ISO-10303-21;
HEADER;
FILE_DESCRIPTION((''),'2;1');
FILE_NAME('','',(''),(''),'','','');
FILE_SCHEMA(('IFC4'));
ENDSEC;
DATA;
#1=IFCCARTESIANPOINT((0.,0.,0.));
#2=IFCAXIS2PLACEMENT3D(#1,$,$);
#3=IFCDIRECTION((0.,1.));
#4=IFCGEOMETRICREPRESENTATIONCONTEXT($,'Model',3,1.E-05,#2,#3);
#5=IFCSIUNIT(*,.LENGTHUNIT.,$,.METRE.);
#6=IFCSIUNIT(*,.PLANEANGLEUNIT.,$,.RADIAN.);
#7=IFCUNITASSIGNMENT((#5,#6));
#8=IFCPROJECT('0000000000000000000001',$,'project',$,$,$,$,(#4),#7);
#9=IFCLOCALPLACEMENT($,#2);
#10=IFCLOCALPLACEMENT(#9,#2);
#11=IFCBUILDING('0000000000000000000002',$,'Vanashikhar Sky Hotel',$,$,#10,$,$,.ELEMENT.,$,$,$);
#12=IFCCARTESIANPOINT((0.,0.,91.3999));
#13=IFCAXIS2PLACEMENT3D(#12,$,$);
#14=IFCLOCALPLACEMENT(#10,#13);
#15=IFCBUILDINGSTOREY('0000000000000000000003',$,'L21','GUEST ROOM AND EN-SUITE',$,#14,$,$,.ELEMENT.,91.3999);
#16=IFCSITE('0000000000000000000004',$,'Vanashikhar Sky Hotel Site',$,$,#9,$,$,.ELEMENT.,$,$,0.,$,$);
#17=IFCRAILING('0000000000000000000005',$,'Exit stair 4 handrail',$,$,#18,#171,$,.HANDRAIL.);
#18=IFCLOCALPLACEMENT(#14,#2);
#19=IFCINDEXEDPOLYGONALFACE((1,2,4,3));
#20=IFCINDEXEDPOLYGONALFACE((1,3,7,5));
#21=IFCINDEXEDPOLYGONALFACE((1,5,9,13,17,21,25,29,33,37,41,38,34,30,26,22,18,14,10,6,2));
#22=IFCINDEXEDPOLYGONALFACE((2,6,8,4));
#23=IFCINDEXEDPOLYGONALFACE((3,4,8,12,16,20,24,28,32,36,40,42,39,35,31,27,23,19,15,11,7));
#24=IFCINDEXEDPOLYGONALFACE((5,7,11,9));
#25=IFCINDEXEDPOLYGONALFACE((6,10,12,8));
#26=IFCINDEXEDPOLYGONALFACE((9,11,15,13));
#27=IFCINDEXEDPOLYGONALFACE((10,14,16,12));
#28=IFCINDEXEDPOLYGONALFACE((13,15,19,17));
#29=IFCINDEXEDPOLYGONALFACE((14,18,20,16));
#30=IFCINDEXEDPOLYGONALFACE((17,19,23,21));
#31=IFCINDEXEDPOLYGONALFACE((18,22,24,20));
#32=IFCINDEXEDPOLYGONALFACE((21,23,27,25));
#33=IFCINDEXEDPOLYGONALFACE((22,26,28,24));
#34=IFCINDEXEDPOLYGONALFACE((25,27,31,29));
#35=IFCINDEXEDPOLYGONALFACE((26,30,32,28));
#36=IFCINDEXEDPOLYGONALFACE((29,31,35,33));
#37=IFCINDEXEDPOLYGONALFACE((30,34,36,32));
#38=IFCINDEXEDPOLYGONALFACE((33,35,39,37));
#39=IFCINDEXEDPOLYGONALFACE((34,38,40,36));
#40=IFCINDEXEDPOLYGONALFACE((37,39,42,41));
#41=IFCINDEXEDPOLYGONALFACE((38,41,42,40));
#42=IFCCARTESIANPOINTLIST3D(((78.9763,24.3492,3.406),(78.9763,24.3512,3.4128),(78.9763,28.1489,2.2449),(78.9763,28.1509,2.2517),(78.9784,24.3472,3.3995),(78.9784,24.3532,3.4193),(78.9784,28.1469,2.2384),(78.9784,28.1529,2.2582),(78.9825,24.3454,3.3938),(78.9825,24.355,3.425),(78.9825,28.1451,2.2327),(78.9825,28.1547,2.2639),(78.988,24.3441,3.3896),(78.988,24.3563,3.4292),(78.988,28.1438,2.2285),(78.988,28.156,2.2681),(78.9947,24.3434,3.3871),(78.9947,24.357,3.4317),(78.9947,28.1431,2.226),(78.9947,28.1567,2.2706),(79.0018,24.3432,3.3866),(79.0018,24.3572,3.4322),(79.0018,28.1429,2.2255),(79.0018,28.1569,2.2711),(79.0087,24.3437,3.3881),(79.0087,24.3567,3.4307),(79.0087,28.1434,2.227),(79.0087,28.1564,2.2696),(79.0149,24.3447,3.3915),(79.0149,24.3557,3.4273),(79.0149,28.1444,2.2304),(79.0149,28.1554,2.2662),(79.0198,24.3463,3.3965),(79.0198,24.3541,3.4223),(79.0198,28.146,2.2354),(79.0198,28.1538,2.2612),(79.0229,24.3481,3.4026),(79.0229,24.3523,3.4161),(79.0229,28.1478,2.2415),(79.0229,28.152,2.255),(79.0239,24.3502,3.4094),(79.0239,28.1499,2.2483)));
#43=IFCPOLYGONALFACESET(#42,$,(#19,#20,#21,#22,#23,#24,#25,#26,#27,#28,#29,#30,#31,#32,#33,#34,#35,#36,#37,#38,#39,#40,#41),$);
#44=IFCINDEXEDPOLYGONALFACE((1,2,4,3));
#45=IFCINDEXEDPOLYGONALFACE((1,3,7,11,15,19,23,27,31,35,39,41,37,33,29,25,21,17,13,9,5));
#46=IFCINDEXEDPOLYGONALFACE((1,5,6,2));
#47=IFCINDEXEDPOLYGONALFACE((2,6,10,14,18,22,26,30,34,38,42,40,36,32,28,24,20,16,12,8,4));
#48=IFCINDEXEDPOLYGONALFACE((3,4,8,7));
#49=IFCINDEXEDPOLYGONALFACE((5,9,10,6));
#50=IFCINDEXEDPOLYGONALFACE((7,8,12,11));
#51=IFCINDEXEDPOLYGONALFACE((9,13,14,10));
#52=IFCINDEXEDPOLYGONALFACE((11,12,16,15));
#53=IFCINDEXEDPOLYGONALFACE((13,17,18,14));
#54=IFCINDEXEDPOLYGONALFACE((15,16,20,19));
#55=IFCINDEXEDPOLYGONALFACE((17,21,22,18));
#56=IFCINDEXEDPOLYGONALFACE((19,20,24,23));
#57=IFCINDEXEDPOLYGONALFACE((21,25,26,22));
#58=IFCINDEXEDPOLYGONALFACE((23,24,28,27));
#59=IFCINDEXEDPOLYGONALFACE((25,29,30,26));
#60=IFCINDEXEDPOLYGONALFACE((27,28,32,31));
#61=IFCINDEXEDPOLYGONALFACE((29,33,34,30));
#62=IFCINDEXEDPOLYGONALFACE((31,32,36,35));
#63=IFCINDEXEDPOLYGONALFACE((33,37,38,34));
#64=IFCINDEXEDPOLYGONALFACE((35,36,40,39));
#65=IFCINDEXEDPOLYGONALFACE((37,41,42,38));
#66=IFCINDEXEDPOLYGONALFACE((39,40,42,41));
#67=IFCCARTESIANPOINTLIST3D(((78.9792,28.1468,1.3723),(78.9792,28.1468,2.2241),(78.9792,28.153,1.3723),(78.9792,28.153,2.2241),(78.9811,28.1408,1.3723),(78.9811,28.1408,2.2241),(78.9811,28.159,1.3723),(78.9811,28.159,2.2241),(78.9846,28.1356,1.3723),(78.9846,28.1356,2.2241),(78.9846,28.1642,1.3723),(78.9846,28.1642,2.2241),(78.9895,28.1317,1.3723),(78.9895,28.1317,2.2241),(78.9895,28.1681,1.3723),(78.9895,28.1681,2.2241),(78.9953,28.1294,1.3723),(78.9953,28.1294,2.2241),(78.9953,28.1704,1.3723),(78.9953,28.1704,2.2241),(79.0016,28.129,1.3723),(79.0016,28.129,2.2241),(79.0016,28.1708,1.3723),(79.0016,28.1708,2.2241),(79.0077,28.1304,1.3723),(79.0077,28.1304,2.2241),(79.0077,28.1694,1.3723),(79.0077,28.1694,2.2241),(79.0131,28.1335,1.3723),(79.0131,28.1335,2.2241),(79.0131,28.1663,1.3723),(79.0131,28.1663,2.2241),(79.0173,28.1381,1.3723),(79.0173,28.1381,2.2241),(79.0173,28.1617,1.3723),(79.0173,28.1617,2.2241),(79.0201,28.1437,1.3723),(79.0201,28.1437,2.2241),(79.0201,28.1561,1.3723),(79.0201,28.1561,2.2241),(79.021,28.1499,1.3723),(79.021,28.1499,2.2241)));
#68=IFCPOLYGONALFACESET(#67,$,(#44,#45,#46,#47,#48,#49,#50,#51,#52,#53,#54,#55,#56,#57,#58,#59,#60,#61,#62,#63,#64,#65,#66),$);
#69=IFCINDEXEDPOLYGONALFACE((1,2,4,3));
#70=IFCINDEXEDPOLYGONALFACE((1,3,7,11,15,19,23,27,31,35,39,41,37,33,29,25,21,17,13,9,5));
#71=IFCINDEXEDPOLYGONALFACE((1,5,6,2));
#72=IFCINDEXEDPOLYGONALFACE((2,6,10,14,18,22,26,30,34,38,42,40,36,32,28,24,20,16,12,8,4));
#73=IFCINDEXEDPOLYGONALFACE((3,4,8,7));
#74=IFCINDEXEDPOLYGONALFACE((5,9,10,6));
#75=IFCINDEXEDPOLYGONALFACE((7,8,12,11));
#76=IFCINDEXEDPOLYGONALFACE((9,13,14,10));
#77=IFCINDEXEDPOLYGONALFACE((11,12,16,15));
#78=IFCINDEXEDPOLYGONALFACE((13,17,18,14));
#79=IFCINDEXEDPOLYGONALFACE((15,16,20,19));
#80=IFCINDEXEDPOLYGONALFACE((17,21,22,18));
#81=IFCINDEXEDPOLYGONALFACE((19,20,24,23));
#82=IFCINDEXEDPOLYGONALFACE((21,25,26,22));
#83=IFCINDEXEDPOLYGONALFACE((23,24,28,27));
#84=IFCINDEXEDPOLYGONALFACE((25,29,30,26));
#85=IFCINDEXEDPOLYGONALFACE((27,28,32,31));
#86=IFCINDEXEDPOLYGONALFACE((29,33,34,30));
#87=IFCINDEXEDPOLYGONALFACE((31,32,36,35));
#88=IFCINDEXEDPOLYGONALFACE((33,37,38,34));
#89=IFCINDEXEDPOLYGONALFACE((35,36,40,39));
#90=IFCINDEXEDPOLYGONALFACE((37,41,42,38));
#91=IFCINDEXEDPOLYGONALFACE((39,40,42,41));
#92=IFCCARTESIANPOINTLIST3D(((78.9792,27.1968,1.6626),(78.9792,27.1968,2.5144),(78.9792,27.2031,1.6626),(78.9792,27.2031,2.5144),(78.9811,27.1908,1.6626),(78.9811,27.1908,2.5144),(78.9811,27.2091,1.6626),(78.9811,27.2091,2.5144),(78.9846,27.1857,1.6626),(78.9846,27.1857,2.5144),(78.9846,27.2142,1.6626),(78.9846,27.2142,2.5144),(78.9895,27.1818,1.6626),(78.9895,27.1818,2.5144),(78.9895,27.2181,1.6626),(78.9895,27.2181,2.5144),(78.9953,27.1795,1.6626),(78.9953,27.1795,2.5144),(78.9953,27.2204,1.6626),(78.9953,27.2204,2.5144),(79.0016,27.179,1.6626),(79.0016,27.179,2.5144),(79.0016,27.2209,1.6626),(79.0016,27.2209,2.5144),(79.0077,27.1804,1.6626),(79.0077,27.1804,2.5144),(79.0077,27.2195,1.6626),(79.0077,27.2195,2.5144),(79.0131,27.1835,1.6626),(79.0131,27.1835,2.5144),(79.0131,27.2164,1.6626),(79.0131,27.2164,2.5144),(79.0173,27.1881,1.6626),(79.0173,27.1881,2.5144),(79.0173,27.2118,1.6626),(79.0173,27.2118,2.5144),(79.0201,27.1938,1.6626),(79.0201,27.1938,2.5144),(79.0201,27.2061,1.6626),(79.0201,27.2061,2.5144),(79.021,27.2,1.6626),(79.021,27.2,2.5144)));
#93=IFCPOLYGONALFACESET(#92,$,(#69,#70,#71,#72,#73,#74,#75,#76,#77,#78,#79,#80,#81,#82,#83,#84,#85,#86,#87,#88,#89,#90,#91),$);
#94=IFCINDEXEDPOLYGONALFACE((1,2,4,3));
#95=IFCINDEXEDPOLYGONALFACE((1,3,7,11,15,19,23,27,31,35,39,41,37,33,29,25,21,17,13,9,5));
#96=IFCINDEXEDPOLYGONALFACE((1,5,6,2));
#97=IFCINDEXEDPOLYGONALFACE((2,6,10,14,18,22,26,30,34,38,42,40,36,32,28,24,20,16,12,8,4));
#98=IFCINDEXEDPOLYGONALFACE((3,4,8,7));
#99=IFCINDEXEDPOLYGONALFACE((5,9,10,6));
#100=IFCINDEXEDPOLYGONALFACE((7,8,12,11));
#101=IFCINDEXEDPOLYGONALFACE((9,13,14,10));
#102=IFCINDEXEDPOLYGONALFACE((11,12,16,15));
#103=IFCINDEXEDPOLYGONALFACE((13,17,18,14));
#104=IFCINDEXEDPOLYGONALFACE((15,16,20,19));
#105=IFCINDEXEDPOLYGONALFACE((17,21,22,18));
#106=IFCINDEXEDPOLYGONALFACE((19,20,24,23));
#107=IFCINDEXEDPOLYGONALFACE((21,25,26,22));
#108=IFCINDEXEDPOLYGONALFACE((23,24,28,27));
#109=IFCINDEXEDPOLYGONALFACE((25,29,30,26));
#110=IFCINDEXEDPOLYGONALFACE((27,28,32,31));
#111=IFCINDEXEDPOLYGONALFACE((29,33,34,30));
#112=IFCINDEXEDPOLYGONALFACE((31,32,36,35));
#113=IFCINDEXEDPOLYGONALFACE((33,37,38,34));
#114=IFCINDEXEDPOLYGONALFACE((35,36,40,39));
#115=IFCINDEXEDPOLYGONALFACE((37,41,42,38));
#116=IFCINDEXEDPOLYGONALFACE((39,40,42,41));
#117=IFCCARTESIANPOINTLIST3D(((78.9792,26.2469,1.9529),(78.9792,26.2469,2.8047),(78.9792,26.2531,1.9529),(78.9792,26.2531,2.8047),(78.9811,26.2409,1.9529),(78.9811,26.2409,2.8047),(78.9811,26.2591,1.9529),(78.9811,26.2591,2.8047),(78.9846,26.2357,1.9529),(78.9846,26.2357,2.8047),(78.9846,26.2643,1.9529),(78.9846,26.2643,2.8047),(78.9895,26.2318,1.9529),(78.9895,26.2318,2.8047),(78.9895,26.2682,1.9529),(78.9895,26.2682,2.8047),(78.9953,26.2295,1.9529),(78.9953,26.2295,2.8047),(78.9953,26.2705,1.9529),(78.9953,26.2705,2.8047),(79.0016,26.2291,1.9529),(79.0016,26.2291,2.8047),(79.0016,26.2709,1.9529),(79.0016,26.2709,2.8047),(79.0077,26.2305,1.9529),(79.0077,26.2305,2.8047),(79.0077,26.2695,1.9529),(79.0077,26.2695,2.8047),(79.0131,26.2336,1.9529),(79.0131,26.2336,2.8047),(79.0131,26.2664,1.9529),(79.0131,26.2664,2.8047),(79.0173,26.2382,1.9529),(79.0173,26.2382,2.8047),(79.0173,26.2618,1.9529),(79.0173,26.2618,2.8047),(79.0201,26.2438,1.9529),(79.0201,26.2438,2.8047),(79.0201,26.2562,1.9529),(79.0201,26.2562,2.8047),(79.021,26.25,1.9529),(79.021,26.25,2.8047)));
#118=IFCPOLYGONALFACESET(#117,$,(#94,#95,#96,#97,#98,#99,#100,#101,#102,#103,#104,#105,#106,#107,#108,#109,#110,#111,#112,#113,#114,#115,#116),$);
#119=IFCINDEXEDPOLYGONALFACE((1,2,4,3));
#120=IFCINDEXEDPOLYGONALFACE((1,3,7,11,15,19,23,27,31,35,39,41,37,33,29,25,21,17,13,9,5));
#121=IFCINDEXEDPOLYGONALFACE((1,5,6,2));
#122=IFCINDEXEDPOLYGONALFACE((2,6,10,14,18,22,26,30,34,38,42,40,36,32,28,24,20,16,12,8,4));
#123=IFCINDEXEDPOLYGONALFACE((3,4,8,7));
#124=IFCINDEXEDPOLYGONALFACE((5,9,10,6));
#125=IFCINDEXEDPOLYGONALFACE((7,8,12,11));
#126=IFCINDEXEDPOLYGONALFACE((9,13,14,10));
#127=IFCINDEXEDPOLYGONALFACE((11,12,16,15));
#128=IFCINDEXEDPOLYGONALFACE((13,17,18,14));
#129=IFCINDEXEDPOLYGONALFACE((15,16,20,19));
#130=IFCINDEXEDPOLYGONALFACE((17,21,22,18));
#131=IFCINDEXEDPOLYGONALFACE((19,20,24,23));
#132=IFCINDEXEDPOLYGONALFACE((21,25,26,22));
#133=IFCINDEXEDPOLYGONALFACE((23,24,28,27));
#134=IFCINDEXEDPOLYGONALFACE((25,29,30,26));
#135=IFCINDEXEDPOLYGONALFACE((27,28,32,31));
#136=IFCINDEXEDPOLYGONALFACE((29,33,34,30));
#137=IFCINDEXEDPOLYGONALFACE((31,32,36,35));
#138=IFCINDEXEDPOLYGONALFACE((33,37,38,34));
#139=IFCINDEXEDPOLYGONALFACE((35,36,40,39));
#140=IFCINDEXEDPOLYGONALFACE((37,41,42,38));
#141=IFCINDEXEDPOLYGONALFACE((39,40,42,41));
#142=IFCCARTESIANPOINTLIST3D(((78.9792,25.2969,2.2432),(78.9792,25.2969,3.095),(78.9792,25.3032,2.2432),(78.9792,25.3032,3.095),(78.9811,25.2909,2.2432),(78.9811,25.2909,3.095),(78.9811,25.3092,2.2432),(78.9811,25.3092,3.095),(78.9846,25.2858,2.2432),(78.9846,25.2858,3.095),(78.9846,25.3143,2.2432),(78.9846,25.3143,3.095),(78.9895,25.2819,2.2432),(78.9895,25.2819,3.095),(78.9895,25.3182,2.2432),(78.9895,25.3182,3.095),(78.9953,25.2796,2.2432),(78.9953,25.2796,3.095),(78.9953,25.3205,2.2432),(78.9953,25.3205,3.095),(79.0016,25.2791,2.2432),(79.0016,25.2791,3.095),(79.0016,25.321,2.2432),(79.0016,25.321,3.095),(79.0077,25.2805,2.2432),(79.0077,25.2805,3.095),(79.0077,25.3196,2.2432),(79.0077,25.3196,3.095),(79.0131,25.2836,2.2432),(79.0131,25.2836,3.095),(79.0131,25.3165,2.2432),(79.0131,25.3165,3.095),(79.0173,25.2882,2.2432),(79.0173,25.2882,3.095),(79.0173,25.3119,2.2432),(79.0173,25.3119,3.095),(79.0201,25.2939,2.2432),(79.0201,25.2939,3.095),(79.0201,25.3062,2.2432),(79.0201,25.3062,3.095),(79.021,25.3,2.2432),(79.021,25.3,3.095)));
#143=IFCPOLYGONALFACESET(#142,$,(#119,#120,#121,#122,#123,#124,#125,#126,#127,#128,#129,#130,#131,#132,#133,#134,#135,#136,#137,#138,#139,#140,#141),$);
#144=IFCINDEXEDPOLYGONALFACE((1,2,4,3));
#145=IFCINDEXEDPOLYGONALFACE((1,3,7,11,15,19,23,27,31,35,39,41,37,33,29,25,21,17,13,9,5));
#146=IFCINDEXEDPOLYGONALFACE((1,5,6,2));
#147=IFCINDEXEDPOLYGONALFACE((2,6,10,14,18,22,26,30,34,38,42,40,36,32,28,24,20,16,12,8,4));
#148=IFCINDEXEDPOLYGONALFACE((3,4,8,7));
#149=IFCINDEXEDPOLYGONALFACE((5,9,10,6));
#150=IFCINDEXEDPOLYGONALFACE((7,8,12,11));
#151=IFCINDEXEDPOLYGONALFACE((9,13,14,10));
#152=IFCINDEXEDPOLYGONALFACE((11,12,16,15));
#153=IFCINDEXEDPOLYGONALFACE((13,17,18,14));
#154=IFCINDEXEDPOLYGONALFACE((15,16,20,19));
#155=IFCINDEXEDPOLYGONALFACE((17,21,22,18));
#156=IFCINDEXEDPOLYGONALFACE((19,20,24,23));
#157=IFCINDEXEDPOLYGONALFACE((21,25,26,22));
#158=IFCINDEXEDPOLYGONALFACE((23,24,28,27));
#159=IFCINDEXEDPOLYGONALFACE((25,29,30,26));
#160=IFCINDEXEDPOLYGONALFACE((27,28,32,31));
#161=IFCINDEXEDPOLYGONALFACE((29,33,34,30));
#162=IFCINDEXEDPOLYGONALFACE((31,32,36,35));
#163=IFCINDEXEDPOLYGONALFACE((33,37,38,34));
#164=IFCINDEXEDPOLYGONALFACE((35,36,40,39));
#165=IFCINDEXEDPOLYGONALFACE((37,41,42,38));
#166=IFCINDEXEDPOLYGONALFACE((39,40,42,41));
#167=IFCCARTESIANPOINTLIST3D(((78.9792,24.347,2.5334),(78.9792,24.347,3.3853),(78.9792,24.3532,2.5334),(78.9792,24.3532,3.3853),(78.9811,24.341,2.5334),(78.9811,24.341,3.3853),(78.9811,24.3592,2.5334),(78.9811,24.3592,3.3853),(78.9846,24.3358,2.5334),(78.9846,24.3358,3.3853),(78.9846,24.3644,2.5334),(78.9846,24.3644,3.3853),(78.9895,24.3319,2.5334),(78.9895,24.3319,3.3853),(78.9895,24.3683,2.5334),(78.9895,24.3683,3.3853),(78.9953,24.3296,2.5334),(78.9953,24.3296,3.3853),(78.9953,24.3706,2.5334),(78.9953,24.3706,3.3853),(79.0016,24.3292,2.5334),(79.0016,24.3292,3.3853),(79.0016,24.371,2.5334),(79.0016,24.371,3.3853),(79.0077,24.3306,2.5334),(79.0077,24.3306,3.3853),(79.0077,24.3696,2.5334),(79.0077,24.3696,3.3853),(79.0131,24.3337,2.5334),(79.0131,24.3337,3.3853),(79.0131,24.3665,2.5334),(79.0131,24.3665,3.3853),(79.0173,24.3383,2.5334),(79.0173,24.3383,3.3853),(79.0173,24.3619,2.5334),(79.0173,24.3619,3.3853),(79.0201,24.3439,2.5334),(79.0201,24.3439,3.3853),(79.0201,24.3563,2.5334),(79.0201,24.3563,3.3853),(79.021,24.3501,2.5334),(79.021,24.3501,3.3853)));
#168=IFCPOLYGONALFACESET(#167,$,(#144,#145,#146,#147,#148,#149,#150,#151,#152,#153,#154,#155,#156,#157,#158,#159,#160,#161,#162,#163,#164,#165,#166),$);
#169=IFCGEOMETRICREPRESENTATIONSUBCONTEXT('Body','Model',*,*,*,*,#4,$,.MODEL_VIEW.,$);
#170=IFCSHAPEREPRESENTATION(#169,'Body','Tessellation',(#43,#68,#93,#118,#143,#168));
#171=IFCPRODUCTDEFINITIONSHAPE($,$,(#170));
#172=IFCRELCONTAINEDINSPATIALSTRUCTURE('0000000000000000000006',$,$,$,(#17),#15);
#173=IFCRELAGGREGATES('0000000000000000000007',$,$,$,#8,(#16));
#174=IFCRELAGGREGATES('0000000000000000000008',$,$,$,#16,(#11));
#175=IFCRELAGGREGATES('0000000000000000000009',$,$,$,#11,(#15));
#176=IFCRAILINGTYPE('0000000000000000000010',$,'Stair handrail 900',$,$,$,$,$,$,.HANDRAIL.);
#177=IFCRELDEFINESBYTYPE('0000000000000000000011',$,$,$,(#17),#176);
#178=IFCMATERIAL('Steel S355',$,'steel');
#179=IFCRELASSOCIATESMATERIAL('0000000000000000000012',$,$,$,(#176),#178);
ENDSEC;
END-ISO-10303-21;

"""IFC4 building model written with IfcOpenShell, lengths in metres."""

from ifc_helpers import new_model, si_unit, direction, frame, origin, origin_2d, place, context, subcontext, project, spatial, circle, extrude, source, transform, mapped, material, type_object, element, save


model = new_model("IFC4")

# Units and contexts
model_context = context("Model", 3, precision=1e-05, world=origin(), true_north=direction((0.0, 1.0)))
body_context = subcontext(model_context, "Body", "Model", "MODEL_VIEW")
ifc_project = project(units=[si_unit("LENGTHUNIT", "METRE"), si_unit("PLANEANGLEUNIT", "RADIAN")], contexts=[model_context])

# Site, building, storey
site_placement = place(None, origin())
site = spatial("IfcSite", under=ifc_project, at=site_placement, Name="Vanashikhar Sky Hotel Site", CompositionType="ELEMENT", RefElevation=0.0)
building_placement = place(site_placement, origin())
building = spatial("IfcBuilding", under=site, at=building_placement, Name="Vanashikhar Sky Hotel", CompositionType="ELEMENT")
storey_placement = place(building_placement, frame((0.0, 0.0, 91.3999)))
storey = spatial("IfcBuildingStorey", under=building, at=storey_placement, Name="L21", Description="GUEST ROOM AND EN-SUITE", CompositionType="ELEMENT", Elevation=91.3999)

# Railing
ifc_material_1 = material(Name="Steel S355", Category="steel")
railing_type_1 = type_object("IfcRailingType", Name="Stair handrail 900", PredefinedType="HANDRAIL", material=ifc_material_1)
shared_shape_1 = source(origin(), body_context, "Body", "SweptSolid", [
    extrude(circle(Radius=0.0239, at=origin_2d()), frame((0.0, 0.0, 0.876), z_axis=(0.0, -0.956346, 0.292237), x_axis=(1.0, 0.0, 0.0)), (0.0, 0.0, 1.0), 3.9731),
    extrude(circle(Radius=0.021, at=origin_2d()), origin(), (0.0, 0.0, 1.0), 0.8518),
    extrude(circle(Radius=0.021, at=origin_2d()), frame((0.0, -0.95, 0.2903)), (0.0, 0.0, 1.0), 0.8518),
    extrude(circle(Radius=0.021, at=origin_2d()), frame((0.0, -1.8999, 0.5806)), (0.0, 0.0, 1.0), 0.8518),
    extrude(circle(Radius=0.021, at=origin_2d()), frame((0.0, -2.8499, 0.8708)), (0.0, 0.0, 1.0), 0.8518),
    extrude(circle(Radius=0.021, at=origin_2d()), frame((0.0, -3.7998, 1.1611)), (0.0, 0.0, 1.0), 0.8518),
])
railing_1_placement = place(storey_placement, frame((79.0, 28.1499, 1.3723)))
element("IfcRailing", 1, at=railing_1_placement, inside=storey, type_object=railing_type_1, Name="Exit stair 4 handrail", PredefinedType="HANDRAIL", context=body_context, shape_type="MappedRepresentation", body=[
    mapped(shared_shape_1, transform((0.0, 0.0, 0.0), scale=1.0)),
])

save(model, "model.ifc")
